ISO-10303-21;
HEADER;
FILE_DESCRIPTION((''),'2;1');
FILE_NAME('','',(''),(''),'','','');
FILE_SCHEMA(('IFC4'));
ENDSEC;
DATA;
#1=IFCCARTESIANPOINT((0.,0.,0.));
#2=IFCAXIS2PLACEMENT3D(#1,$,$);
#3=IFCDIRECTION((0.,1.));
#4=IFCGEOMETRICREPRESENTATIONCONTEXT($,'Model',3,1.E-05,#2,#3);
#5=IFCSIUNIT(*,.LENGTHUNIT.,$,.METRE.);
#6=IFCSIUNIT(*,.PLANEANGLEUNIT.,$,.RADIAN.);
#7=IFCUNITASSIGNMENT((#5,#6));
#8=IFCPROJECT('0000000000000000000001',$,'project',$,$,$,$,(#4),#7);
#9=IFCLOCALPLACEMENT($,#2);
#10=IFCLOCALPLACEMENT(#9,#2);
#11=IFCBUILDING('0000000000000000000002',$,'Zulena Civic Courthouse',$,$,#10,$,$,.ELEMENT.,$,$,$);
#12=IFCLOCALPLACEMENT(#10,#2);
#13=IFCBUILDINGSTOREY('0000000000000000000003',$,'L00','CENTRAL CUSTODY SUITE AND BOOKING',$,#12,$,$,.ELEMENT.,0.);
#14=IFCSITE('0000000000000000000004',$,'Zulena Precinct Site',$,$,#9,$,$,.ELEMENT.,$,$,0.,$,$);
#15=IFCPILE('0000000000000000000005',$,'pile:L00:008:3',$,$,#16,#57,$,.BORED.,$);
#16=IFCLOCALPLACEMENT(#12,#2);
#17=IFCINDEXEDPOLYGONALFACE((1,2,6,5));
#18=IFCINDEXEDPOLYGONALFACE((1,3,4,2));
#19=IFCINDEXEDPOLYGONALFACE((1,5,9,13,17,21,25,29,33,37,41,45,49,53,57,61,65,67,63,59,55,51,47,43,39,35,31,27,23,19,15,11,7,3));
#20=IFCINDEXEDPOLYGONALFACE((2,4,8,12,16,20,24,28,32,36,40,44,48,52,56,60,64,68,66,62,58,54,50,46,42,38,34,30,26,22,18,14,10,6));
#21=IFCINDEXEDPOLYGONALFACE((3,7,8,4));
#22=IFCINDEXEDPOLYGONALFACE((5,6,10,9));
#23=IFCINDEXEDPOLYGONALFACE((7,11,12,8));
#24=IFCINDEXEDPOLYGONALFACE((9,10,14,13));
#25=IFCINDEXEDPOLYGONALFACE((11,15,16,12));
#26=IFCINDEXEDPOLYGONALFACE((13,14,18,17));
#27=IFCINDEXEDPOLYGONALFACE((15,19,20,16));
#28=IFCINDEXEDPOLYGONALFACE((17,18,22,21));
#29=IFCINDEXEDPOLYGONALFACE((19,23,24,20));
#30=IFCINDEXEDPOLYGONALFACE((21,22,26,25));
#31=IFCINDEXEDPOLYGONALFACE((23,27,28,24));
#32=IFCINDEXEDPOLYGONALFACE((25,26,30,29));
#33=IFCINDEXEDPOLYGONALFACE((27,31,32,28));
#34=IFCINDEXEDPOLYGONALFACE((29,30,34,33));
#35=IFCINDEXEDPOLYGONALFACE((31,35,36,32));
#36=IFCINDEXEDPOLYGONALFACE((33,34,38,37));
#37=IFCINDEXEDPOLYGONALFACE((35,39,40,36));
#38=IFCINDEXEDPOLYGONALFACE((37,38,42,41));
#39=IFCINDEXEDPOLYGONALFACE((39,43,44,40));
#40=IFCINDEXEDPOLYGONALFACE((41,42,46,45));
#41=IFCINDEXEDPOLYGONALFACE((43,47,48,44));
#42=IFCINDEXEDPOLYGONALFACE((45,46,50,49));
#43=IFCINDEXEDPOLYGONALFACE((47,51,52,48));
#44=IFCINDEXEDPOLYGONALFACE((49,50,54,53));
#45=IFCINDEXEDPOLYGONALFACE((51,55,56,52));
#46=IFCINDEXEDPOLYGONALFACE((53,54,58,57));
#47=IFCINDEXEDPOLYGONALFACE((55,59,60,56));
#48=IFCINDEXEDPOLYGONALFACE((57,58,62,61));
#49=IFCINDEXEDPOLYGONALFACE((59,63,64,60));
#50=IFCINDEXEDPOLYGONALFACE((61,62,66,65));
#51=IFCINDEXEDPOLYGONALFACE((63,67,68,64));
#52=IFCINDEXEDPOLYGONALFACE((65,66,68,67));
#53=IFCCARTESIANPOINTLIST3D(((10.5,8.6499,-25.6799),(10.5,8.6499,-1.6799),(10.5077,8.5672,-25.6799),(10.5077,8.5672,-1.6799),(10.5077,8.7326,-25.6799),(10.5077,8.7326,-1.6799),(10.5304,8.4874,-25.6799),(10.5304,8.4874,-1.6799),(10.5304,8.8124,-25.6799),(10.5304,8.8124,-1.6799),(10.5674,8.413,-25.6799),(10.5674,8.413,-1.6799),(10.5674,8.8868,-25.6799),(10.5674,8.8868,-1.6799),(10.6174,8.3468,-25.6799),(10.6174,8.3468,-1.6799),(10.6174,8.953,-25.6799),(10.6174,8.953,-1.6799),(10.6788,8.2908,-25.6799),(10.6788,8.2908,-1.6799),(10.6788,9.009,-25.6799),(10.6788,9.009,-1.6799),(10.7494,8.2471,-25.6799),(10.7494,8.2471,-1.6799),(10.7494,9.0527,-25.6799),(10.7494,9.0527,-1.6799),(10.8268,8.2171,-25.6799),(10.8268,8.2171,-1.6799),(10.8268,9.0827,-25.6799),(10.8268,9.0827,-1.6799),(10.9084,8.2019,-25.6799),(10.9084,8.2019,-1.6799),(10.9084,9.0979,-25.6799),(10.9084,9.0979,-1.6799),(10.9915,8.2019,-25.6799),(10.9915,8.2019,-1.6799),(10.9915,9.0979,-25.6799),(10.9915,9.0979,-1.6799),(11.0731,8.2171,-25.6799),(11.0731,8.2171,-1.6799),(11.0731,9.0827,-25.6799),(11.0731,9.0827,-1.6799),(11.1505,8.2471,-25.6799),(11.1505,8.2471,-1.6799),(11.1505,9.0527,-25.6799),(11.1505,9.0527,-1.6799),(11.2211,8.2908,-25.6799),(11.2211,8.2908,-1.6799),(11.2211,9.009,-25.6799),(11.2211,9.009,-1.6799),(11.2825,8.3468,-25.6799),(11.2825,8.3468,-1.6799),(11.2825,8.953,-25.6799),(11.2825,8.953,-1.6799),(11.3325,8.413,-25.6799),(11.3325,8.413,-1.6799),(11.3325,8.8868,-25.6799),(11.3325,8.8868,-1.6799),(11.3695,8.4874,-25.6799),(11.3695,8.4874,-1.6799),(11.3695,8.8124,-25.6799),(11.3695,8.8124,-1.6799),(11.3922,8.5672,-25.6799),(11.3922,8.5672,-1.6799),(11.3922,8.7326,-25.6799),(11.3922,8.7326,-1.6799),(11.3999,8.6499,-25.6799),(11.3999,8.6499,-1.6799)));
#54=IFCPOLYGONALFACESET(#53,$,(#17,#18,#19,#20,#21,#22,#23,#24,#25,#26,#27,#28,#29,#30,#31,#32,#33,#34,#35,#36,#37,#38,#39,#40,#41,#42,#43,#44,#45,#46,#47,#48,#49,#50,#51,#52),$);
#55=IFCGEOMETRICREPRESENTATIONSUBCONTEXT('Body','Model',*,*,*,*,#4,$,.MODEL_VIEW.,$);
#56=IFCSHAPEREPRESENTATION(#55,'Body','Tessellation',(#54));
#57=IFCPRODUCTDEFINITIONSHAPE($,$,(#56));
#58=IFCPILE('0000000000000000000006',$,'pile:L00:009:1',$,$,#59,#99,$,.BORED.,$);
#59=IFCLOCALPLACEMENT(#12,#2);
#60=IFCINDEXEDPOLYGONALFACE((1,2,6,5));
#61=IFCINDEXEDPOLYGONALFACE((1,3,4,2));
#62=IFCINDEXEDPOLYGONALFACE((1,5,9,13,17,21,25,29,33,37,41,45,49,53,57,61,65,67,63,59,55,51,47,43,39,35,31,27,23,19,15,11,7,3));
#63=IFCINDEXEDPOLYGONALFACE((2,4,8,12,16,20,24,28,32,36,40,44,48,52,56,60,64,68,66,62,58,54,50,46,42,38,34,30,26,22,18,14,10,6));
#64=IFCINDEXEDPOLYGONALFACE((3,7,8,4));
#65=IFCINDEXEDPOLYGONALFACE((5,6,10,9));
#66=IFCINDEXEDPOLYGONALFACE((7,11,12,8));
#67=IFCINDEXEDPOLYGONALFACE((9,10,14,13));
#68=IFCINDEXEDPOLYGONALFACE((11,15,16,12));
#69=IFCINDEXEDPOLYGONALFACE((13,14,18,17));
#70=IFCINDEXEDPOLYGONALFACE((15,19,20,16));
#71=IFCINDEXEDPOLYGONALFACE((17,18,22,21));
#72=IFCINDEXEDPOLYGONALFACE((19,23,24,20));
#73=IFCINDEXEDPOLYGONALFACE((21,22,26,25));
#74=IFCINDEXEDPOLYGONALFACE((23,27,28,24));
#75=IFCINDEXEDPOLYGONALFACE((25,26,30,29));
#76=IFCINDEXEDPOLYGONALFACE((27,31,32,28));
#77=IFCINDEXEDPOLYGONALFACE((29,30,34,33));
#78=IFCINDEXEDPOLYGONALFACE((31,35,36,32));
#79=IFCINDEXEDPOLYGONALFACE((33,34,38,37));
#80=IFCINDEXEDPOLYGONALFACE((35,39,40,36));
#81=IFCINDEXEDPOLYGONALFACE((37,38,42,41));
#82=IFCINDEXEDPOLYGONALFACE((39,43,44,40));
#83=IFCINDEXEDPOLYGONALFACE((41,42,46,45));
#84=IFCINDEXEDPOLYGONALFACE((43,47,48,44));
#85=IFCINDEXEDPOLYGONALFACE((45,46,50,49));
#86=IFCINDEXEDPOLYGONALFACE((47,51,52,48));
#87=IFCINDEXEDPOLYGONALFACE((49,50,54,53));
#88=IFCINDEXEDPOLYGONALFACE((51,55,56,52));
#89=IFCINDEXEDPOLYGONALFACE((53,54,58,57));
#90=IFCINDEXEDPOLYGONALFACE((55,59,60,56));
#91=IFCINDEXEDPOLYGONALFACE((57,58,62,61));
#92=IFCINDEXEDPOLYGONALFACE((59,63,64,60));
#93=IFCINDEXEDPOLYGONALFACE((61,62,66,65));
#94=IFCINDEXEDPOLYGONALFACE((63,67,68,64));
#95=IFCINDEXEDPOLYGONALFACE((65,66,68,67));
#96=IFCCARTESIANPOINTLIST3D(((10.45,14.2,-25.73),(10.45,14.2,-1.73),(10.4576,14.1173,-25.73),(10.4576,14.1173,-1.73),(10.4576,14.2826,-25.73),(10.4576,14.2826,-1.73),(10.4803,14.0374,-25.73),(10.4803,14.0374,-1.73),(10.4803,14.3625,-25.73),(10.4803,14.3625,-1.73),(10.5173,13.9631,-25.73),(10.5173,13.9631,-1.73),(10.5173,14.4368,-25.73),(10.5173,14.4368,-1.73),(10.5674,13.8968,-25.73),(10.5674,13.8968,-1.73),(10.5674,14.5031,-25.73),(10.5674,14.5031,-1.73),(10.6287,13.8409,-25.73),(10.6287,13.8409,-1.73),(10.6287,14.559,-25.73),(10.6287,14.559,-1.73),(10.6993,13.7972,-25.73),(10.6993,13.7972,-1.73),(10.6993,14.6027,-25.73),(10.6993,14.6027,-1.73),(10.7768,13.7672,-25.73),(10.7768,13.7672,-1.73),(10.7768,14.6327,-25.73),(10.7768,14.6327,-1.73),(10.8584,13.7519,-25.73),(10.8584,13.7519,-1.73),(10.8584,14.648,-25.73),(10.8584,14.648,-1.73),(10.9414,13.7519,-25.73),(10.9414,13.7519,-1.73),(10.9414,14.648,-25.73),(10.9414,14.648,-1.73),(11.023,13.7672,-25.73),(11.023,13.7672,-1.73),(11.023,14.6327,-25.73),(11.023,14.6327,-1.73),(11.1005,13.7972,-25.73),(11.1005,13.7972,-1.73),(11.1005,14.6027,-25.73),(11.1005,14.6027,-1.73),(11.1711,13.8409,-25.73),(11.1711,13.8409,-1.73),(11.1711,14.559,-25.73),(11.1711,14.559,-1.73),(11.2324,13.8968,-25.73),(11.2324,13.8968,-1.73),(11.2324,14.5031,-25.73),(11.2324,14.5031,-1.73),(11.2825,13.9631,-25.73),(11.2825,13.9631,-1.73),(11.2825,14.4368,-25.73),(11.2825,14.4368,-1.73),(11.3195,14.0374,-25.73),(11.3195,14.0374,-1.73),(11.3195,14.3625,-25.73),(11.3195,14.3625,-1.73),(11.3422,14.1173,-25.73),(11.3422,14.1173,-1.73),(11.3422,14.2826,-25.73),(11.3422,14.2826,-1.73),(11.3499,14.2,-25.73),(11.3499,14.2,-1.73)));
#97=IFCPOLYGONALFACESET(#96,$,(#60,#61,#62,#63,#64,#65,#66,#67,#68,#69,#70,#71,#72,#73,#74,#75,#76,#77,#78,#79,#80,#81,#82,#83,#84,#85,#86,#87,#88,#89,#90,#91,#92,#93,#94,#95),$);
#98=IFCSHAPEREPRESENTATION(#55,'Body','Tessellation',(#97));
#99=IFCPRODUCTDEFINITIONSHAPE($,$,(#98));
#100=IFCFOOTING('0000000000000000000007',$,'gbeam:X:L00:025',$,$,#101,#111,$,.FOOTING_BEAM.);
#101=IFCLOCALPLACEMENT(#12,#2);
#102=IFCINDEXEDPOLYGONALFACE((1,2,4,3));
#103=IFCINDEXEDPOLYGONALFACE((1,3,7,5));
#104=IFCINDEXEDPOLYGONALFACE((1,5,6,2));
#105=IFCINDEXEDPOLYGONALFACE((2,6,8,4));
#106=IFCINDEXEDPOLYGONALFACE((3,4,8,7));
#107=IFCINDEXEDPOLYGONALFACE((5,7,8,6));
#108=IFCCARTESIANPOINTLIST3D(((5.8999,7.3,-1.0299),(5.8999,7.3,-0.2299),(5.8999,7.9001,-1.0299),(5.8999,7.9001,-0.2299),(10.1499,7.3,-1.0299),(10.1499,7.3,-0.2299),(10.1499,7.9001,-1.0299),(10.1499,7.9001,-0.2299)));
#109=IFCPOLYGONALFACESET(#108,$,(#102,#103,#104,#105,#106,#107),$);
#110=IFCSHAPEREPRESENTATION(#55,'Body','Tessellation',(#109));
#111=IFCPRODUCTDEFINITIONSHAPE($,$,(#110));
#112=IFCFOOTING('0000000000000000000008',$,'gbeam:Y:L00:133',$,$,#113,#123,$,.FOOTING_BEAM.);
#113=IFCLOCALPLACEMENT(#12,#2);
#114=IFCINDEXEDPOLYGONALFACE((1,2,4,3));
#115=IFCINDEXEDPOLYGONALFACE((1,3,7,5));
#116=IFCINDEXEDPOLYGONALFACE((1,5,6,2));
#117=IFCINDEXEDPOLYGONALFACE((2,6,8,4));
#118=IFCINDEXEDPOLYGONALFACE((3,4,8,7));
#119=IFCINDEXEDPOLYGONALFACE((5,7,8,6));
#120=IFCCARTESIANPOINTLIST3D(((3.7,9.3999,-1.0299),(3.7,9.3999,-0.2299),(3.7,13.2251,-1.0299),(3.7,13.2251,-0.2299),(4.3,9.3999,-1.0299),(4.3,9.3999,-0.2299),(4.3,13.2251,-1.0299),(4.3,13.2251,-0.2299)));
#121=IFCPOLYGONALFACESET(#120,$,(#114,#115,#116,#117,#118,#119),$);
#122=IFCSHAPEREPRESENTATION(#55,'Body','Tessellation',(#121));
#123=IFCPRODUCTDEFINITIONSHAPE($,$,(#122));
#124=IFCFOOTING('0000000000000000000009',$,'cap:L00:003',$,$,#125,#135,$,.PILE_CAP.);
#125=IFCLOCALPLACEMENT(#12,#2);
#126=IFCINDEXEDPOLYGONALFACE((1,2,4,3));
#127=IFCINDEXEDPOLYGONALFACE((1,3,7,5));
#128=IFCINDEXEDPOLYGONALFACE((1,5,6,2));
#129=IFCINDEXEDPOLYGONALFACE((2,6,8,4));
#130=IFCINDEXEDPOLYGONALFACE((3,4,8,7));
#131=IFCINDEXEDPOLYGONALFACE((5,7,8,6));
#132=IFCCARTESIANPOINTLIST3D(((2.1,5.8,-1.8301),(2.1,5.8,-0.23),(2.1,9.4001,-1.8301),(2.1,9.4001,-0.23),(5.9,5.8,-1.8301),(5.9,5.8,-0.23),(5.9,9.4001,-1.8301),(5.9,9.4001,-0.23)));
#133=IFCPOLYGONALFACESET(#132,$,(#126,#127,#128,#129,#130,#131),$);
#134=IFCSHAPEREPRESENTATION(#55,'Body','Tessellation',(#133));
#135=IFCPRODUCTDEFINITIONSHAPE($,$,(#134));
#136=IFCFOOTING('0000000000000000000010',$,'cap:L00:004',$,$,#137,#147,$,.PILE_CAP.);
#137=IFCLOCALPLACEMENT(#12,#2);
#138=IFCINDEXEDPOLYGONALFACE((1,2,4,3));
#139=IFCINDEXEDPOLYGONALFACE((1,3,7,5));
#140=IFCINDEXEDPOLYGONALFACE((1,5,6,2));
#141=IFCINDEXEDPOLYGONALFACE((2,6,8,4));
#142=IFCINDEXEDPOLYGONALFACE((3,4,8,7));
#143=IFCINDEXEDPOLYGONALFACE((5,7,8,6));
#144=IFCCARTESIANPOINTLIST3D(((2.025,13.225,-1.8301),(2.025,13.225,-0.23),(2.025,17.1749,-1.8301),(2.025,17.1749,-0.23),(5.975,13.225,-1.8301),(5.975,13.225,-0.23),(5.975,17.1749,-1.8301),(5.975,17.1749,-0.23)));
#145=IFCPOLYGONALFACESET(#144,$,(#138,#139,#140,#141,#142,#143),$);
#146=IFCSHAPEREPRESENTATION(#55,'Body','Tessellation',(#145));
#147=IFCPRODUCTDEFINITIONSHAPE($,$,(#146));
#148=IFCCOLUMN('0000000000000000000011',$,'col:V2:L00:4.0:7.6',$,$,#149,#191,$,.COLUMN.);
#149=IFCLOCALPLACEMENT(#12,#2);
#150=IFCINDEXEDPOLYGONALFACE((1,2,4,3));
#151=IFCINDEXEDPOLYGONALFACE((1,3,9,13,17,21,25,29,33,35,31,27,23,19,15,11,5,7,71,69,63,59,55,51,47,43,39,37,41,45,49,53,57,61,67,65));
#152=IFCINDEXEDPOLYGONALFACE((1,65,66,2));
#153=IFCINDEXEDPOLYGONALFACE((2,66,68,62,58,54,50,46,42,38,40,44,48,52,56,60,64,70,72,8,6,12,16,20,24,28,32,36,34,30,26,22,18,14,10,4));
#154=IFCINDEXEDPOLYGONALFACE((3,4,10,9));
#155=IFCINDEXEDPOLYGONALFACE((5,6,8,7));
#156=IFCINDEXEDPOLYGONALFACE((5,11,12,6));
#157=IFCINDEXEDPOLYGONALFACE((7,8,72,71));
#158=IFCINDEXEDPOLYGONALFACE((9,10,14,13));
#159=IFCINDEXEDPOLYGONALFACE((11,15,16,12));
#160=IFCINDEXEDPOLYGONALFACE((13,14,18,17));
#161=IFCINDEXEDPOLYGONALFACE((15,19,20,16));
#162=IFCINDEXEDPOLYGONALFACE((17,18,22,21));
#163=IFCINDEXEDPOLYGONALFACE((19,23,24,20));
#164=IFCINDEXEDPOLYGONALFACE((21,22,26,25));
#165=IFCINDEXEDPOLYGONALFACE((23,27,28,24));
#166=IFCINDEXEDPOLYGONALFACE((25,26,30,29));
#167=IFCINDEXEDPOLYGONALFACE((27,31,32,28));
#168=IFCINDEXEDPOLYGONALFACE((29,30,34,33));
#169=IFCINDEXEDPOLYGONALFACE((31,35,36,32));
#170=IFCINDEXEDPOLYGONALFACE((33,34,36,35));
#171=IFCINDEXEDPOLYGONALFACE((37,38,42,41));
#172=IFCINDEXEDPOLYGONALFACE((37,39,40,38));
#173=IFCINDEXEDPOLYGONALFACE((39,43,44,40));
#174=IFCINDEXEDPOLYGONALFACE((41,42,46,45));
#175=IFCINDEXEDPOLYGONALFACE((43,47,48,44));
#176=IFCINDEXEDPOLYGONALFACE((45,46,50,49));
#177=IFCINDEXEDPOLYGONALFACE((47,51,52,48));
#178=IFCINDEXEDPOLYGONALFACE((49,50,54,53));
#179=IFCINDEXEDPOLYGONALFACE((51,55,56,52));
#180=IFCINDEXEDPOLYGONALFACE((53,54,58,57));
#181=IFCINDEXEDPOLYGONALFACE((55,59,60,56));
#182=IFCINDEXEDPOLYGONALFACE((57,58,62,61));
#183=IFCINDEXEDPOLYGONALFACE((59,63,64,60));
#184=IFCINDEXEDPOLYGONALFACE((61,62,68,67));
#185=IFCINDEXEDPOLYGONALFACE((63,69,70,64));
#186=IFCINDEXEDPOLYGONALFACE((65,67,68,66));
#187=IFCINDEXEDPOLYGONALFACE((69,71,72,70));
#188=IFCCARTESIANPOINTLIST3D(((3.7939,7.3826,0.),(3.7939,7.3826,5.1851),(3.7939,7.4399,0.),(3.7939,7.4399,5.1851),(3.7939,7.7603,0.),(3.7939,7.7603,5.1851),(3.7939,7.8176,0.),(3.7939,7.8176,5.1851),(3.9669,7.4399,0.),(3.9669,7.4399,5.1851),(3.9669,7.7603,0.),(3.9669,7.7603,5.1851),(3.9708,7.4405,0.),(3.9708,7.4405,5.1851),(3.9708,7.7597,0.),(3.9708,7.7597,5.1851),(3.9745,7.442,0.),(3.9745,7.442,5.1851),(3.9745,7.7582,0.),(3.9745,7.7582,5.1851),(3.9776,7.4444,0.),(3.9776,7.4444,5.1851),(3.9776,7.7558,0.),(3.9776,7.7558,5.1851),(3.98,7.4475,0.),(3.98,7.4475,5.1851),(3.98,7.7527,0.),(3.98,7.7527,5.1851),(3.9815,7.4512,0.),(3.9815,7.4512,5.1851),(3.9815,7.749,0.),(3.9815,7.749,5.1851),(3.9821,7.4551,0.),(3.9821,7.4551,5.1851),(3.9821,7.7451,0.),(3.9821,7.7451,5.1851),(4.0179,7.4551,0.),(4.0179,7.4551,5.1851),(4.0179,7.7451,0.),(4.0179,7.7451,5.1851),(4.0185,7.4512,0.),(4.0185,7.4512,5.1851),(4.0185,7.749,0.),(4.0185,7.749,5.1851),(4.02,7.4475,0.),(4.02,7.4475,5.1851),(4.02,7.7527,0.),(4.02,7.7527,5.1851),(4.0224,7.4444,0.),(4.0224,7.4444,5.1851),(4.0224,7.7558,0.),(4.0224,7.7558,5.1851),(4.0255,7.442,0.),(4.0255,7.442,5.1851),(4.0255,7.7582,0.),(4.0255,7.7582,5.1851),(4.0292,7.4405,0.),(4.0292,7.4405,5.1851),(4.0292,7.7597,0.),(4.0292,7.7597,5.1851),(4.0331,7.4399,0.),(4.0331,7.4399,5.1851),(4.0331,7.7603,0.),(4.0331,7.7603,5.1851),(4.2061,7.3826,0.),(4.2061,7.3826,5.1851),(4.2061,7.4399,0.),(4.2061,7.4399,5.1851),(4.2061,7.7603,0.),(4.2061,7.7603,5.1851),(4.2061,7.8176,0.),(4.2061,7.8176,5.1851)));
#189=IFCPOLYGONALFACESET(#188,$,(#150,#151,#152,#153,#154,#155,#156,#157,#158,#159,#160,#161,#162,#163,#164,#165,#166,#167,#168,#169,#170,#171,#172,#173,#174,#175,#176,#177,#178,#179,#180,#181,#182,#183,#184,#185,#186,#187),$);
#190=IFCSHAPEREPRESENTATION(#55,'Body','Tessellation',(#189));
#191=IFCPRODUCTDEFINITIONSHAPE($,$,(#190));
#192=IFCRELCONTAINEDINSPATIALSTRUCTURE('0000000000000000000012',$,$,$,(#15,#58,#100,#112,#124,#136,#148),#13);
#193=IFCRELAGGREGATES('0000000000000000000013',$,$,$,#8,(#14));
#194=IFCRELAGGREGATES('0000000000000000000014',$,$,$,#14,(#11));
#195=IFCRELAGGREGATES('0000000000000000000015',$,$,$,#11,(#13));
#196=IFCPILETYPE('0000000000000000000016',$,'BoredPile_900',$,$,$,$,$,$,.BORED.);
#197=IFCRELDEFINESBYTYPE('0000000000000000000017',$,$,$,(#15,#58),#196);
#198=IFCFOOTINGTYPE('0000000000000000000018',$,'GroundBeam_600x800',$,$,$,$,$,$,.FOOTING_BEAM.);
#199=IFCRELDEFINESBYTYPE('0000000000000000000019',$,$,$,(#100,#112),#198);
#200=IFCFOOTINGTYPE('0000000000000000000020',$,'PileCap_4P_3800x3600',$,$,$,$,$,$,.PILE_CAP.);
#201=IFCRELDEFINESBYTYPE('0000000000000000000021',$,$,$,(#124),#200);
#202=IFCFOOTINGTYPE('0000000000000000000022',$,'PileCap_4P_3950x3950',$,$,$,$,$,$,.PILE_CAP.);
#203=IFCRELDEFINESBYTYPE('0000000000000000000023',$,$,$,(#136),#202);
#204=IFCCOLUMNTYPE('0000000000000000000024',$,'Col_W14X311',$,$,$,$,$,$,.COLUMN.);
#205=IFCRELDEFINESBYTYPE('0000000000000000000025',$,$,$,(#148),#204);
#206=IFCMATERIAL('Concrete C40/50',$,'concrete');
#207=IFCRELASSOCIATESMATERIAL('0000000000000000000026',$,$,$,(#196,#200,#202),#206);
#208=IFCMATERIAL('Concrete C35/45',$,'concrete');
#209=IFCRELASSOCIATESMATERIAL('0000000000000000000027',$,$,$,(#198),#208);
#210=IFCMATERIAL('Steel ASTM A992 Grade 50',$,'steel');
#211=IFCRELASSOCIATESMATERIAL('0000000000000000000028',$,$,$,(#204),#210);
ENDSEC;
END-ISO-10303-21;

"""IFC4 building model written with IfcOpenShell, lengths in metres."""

from ifc_helpers import new_model, si_unit, direction, frame, origin, origin_2d, place, context, subcontext, project, spatial, rectangle, circle, i_section, extrude, material, material_profile, profile_set, type_object, element, save


model = new_model("IFC4")

# Units and contexts
model_context = context("Model", 3, precision=1e-05, world=origin(), true_north=direction((0.0, 1.0)))
body_context = subcontext(model_context, "Body", "Model", "MODEL_VIEW")
ifc_project = project(units=[si_unit("LENGTHUNIT", "METRE"), si_unit("PLANEANGLEUNIT", "RADIAN")], contexts=[model_context])

# Site, building, storey
site_placement = place(None, origin())
site = spatial("IfcSite", under=ifc_project, at=site_placement, Name="Zulena Precinct Site", CompositionType="ELEMENT", RefElevation=0.0)
building_placement = place(site_placement, origin())
building = spatial("IfcBuilding", under=site, at=building_placement, Name="Zulena Civic Courthouse", CompositionType="ELEMENT")
storey_placement = place(building_placement, origin())
storey = spatial("IfcBuildingStorey", under=building, at=storey_placement, Name="L00", Description="CENTRAL CUSTODY SUITE AND BOOKING", CompositionType="ELEMENT", Elevation=0.0)

# Piles
ifc_material_1 = material(Name="Concrete C40/50", Category="concrete")
ifc_material_profile_1 = material_profile(ifc_material_1, circle(Radius=0.45, at=origin_2d()), Name="PILE900")
ifc_profile_set_1 = profile_set([ifc_material_profile_1], Name="Concrete C40/50")
pile_type_1 = type_object("IfcPileType", Name="BoredPile_900", PredefinedType="BORED", material=ifc_profile_set_1)
for number, where, z_axis, x_axis, name in (
    (1, (10.95, 8.6499, -1.6799), (0.0, 0.0, -1.0), (1.0, 0.0, 0.0), "pile:L00:008:3"),
    (2, (10.8999, 14.2, -1.73), (0.0, 0.0, -1.0), (1.0, 0.0, 0.0), "pile:L00:009:1"),
):
    element("IfcPile", number, at=place(storey_placement, frame(where, z_axis=z_axis, x_axis=x_axis)), inside=storey, type_object=pile_type_1, Name=name, PredefinedType="BORED", context=body_context, shape_type="SweptSolid", body=[
        extrude(circle(Radius=0.45, at=origin_2d()), origin(), (0.0, 0.0, 1.0), 24.0),
    ])

# Footings
ifc_material_2 = material(Name="Concrete C35/45", Category="concrete")
ifc_material_profile_2 = material_profile(ifc_material_2, rectangle(XDim=0.6001, YDim=0.8, at=origin_2d()), Name="RC600X800")
ifc_profile_set_2 = profile_set([ifc_material_profile_2], Name="Concrete C35/45")
footing_type_1 = type_object("IfcFootingType", Name="GroundBeam_600x800", PredefinedType="FOOTING_BEAM", material=ifc_profile_set_2)
footing_1_placement = place(storey_placement, frame((5.8999, 7.6001, -0.6299), z_axis=(1.0, 0.0, 0.0), x_axis=(0.0, 1.0, 0.0)))
element("IfcFooting", 3, at=footing_1_placement, inside=storey, type_object=footing_type_1, Name="gbeam:X:L00:025", PredefinedType="FOOTING_BEAM", context=body_context, shape_type="SweptSolid", body=[
    extrude(rectangle(XDim=0.6001, YDim=0.8, at=origin_2d()), origin(), (0.0, 0.0, 1.0), 4.25),
])
footing_2_placement = place(storey_placement, frame((4.0, 9.3999, -0.6299), z_axis=(0.0, 1.0, 0.0), x_axis=(-1.0, 0.0, 0.0)))
element("IfcFooting", 4, at=footing_2_placement, inside=storey, type_object=footing_type_1, Name="gbeam:Y:L00:133", PredefinedType="FOOTING_BEAM", context=body_context, shape_type="SweptSolid", body=[
    extrude(rectangle(XDim=0.6001, YDim=0.8, at=origin_2d()), origin(), (0.0, 0.0, 1.0), 3.8252),
])
footing_type_2 = type_object("IfcFootingType", Name="PileCap_4P_3800x3600", PredefinedType="PILE_CAP", material=ifc_material_1)
footing_3_placement = place(storey_placement, frame((4.0, 7.6001, -1.8301), z_axis=(0.0, 0.0, 1.0), x_axis=(1.0, 0.0, 0.0)))
element("IfcFooting", 5, at=footing_3_placement, inside=storey, type_object=footing_type_2, Name="cap:L00:003", PredefinedType="PILE_CAP", context=body_context, shape_type="SweptSolid", body=[
    extrude(rectangle(XDim=3.8, YDim=3.6001, at=origin_2d()), origin(), (0.0, 0.0, 1.0), 1.6001),
])
footing_type_3 = type_object("IfcFootingType", Name="PileCap_4P_3950x3950", PredefinedType="PILE_CAP", material=ifc_material_1)
footing_4_placement = place(storey_placement, frame((4.0, 15.2, -1.8301), z_axis=(0.0, 0.0, 1.0), x_axis=(1.0, 0.0, 0.0)))
element("IfcFooting", 6, at=footing_4_placement, inside=storey, type_object=footing_type_3, Name="cap:L00:004", PredefinedType="PILE_CAP", context=body_context, shape_type="SweptSolid", body=[
    extrude(rectangle(XDim=3.95, YDim=3.95, at=origin_2d()), origin(), (0.0, 0.0, 1.0), 1.6001),
])

# Column
ifc_material_3 = material(Name="Steel ASTM A992 Grade 50", Category="steel")
ifc_material_profile_3 = material_profile(ifc_material_3, i_section(OverallWidth=0.4121, OverallDepth=0.4351, WebThickness=0.0359, FlangeThickness=0.0574, FilletRadius=0.0151, at=origin_2d()), Name="W14X311")
ifc_profile_set_3 = profile_set([ifc_material_profile_3], Name="Steel ASTM A992 Grade 50")
column_type = type_object("IfcColumnType", Name="Col_W14X311", PredefinedType="COLUMN", material=ifc_profile_set_3)
for number, where, z_axis, x_axis, name in (
    (7, (4.0, 7.6001, 0.0), (0.0, 0.0, 1.0), (1.0, 0.0, 0.0), "col:V2:L00:4.0:7.6"),
):
    element("IfcColumn", number, at=place(storey_placement, frame(where, z_axis=z_axis, x_axis=x_axis)), inside=storey, type_object=column_type, Name=name, PredefinedType="COLUMN", context=body_context, shape_type="SweptSolid", body=[
        extrude(i_section(OverallWidth=0.4121, OverallDepth=0.4351, WebThickness=0.0359, FlangeThickness=0.0574, FilletRadius=0.0151, at=origin_2d()), origin(), (0.0, 0.0, 1.0), 5.1851),
    ])

save(model, "model.ifc")
